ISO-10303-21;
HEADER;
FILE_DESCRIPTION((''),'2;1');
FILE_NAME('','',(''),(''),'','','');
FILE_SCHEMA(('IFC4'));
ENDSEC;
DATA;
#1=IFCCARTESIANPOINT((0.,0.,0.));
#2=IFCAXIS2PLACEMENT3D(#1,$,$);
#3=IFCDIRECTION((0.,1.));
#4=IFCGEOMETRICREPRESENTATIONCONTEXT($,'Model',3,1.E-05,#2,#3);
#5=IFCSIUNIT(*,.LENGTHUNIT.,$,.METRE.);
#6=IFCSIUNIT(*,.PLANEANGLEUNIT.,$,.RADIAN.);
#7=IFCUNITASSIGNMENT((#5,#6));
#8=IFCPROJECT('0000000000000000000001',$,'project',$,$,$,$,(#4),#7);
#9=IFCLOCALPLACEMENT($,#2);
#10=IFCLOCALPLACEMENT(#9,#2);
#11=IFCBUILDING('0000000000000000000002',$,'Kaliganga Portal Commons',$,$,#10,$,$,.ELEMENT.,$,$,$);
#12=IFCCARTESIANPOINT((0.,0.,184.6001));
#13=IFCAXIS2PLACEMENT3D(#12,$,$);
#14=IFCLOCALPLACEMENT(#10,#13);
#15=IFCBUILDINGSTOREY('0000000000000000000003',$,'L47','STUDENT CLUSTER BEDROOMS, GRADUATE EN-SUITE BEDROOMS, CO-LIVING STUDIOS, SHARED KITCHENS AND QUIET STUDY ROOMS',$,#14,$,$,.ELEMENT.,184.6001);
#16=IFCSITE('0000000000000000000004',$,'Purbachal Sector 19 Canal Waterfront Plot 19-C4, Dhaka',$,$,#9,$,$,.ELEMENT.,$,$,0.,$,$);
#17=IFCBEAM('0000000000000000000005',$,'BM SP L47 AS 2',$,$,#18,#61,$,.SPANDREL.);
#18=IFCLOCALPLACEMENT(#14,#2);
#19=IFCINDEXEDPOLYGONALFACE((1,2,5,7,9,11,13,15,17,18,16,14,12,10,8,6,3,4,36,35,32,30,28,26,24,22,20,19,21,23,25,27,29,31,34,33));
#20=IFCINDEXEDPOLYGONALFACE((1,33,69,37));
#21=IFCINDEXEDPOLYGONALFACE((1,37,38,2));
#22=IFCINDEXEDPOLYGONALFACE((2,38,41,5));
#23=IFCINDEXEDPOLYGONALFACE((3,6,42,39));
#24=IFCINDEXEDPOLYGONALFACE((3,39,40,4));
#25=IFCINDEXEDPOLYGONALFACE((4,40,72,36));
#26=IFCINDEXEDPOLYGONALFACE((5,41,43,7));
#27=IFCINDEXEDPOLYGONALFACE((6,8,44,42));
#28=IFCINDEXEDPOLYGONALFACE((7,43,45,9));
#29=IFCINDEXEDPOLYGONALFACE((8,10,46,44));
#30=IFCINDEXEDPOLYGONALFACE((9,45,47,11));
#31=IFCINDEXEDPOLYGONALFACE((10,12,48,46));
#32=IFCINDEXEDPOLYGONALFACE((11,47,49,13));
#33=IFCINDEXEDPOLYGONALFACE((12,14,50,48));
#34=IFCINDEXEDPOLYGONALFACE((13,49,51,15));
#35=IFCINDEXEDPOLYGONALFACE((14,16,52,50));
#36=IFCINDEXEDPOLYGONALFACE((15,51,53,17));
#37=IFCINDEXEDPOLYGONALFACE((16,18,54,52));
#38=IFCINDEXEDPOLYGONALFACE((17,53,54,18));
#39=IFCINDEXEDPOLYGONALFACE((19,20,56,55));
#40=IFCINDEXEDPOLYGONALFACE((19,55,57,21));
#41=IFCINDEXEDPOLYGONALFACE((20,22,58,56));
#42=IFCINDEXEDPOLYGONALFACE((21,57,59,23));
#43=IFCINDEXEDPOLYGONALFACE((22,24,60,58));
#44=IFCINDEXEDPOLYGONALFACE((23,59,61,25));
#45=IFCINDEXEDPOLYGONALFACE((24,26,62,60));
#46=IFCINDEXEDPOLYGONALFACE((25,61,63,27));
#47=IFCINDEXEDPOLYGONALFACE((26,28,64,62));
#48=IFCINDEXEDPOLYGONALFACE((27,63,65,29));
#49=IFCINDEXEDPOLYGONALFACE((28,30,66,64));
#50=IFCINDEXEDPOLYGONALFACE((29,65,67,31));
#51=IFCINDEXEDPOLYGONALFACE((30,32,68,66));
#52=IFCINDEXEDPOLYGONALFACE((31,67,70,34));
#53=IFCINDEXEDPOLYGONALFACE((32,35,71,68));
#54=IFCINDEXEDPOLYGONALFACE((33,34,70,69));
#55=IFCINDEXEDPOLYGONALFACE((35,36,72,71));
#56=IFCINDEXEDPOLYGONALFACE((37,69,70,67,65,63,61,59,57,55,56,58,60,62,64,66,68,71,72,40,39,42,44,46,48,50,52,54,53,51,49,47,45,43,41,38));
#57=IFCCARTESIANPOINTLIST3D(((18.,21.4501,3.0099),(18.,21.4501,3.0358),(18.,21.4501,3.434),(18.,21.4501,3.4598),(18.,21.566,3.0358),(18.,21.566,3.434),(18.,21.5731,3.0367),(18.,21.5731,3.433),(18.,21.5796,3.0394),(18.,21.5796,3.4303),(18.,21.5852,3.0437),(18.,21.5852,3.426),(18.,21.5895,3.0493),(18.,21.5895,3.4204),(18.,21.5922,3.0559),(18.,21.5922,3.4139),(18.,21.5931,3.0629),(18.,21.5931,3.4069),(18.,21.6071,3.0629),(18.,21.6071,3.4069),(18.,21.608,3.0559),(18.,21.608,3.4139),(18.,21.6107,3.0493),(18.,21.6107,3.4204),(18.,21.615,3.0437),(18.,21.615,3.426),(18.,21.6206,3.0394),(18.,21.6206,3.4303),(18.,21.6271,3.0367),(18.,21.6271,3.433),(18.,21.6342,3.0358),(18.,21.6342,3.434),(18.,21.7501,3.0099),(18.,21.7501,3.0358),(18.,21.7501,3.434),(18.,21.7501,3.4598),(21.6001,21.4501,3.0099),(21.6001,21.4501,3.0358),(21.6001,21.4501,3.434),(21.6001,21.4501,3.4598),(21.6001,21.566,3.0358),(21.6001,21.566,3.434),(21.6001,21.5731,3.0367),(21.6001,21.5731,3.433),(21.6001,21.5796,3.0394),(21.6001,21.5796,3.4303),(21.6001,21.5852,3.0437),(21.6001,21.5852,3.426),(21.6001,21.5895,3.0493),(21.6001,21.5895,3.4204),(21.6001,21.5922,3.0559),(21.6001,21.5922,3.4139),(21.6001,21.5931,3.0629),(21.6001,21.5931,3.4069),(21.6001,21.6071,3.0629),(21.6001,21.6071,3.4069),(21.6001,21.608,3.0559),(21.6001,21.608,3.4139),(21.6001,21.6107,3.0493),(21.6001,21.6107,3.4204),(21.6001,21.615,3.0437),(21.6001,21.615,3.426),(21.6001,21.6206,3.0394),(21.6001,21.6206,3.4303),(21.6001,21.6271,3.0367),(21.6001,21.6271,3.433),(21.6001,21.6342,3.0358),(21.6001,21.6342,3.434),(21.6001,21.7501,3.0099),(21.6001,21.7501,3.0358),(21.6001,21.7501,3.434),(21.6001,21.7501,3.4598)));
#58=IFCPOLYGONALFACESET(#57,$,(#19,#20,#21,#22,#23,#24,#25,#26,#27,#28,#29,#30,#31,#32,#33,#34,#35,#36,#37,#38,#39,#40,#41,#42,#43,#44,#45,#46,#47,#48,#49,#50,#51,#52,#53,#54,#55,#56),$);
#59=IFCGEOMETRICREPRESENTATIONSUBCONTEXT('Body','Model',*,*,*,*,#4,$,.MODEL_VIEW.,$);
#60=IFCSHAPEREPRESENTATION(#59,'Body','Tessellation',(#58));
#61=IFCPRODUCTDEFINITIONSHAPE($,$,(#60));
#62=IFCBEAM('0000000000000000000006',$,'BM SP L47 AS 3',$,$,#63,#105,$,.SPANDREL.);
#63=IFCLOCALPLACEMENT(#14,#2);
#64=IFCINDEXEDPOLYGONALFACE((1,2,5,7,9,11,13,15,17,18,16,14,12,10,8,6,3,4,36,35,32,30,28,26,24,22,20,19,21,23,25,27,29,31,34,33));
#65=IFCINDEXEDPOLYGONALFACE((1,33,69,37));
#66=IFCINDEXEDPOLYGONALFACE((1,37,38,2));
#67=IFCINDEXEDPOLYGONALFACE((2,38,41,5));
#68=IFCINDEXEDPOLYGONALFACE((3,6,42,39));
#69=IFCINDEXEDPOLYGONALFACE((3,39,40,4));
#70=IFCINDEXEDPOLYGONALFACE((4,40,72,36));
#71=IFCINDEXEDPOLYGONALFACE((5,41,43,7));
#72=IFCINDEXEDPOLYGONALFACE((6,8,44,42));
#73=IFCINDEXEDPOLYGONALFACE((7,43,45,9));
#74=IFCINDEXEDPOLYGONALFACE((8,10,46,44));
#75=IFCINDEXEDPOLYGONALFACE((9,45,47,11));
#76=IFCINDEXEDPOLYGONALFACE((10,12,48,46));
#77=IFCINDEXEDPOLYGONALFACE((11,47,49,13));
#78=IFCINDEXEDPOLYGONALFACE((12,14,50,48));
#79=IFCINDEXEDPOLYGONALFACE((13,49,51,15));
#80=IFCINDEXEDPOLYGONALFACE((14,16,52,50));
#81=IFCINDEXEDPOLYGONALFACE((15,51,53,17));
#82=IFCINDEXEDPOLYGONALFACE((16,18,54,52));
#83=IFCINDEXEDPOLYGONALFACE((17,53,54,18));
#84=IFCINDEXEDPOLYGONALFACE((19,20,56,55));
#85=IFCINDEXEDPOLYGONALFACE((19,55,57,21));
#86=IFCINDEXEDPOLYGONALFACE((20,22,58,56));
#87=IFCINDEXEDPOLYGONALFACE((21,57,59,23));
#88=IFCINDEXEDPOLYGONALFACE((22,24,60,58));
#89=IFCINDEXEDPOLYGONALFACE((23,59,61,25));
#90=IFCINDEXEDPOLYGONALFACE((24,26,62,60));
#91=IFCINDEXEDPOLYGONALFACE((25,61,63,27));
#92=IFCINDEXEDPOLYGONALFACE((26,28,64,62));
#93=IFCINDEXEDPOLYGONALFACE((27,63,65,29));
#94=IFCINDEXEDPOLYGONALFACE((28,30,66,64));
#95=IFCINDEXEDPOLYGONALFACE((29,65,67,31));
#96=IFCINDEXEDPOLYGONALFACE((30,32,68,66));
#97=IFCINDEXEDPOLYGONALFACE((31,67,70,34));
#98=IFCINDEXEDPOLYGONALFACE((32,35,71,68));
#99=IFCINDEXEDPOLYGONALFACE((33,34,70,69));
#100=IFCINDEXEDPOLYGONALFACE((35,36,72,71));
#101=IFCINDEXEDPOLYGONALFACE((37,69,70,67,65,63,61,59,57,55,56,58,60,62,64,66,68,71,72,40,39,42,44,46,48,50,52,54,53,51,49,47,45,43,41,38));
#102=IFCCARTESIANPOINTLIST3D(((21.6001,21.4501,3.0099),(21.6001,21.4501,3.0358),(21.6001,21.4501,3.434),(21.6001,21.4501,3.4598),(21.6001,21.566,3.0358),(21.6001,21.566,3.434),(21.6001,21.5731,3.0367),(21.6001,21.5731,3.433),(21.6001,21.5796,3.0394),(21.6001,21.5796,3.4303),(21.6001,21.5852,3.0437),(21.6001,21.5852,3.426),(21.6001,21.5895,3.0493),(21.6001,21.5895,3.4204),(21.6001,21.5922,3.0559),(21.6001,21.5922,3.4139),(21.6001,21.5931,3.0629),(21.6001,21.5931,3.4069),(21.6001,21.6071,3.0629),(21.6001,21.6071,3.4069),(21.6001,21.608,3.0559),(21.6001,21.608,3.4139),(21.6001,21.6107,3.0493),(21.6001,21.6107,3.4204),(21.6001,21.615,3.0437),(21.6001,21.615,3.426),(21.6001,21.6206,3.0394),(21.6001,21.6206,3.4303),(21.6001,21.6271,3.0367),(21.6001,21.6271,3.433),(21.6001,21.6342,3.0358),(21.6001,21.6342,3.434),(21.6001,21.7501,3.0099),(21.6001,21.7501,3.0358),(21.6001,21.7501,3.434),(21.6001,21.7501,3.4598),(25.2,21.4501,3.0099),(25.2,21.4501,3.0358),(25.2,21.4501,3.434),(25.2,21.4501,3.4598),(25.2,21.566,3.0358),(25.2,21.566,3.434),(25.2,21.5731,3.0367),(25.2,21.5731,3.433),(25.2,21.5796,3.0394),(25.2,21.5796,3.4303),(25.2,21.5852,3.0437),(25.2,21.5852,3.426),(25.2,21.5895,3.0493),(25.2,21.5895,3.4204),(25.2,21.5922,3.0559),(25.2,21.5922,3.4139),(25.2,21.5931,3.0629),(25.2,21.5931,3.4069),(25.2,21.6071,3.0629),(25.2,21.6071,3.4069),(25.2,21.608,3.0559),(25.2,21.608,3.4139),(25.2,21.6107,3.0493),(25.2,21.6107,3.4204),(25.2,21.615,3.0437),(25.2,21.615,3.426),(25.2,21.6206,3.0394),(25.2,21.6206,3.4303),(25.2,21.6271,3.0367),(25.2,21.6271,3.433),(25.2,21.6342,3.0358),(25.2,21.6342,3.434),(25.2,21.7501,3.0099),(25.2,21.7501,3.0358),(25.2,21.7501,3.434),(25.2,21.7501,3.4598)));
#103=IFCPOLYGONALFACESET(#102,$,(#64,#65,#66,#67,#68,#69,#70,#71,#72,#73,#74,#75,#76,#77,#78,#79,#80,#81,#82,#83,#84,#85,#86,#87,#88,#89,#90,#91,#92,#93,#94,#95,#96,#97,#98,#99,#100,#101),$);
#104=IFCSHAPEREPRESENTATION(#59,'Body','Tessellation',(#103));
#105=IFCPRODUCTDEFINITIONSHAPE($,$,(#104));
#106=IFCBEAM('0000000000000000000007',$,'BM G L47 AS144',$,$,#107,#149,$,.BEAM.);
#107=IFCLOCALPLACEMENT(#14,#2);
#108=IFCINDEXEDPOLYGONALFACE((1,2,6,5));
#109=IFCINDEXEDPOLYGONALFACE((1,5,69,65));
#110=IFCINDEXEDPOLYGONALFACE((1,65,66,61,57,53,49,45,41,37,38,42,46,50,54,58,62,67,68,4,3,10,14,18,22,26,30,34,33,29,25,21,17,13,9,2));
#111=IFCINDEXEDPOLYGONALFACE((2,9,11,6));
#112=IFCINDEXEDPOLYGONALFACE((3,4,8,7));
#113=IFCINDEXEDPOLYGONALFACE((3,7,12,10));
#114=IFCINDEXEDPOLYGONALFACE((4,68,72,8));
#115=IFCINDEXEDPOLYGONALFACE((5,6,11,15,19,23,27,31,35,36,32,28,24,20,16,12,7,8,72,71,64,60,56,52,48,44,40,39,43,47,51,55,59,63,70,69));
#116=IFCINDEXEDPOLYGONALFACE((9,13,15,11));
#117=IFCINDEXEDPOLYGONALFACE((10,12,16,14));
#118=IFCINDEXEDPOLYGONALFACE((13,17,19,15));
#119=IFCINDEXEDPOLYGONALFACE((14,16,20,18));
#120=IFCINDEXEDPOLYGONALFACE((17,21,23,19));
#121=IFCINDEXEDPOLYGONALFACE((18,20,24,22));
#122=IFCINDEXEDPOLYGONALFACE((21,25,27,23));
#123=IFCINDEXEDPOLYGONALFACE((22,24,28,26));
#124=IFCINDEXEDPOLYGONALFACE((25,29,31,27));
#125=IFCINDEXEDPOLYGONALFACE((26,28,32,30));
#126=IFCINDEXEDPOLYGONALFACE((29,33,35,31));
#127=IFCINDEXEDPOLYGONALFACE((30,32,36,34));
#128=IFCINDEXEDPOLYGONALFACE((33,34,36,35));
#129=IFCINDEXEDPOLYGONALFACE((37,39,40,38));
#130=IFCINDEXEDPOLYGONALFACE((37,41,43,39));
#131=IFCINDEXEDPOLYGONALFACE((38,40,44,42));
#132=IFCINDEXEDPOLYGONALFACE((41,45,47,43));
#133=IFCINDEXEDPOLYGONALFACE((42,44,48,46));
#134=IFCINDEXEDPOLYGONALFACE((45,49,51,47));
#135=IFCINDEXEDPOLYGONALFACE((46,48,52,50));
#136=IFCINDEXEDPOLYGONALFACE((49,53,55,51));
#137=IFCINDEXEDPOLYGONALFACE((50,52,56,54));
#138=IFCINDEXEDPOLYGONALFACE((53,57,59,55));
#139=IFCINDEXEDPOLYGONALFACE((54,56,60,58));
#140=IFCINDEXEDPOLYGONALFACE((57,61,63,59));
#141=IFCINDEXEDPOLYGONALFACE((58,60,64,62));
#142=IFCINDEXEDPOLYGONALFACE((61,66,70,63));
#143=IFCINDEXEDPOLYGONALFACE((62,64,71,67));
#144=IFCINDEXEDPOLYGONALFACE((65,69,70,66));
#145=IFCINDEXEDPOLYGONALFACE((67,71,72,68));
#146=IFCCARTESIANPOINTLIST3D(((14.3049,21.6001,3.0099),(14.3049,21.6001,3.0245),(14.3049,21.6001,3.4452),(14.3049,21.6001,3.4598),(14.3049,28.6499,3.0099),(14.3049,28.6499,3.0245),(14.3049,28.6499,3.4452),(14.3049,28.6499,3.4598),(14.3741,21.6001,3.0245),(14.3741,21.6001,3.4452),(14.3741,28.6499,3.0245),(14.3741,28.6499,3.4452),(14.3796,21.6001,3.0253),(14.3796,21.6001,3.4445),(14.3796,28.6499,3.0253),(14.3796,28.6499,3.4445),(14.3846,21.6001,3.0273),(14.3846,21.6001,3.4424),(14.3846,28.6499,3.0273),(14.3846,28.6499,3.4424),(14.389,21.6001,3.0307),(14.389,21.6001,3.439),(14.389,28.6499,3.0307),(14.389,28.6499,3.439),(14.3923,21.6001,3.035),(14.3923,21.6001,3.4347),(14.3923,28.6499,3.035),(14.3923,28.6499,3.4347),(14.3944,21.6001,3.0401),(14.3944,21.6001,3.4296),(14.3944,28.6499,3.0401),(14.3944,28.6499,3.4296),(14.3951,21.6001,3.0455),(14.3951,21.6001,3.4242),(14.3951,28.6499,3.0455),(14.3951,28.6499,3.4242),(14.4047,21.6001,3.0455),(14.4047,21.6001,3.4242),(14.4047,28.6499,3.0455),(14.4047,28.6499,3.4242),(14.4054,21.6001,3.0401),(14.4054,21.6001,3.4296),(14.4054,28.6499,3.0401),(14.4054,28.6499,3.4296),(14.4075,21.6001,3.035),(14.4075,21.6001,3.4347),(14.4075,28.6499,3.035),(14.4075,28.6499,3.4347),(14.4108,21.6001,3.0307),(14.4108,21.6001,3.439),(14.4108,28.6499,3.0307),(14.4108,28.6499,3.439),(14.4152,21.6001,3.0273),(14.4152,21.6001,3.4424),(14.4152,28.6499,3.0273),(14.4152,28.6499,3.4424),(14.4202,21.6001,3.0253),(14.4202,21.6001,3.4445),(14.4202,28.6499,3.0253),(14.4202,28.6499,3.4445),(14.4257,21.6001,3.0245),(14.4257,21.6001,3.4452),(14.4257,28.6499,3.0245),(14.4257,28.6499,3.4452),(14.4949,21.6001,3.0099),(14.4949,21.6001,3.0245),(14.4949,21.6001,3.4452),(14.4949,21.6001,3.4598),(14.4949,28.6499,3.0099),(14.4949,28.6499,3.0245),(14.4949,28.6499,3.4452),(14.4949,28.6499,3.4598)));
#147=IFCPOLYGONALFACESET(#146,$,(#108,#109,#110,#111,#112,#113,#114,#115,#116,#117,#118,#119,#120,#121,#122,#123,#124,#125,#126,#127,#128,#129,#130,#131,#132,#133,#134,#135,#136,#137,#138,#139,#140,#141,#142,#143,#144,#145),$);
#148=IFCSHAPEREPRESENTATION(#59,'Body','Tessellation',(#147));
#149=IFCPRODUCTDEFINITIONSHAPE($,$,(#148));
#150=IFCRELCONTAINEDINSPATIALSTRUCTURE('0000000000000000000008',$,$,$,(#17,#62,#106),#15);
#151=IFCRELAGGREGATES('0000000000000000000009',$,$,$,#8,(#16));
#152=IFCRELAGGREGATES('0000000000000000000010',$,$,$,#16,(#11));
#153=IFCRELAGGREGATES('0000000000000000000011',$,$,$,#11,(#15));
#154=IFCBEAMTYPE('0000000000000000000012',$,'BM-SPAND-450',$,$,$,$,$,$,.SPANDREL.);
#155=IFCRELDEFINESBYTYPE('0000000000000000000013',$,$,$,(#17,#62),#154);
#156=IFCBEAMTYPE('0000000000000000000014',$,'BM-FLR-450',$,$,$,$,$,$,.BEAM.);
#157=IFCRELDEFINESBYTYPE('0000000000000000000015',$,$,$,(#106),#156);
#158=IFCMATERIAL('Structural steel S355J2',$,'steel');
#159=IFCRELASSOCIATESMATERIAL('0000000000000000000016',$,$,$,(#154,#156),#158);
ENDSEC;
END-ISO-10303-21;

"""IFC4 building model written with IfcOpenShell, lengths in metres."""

from ifc_helpers import new_model, si_unit, direction, frame, origin, origin_2d, place, context, subcontext, project, spatial, i_section, extrude, source, transform, mapped, material, material_profile, profile_set, type_object, element, save


model = new_model("IFC4")

# Units and contexts
model_context = context("Model", 3, precision=1e-05, world=origin(), true_north=direction((0.0, 1.0)))
body_context = subcontext(model_context, "Body", "Model", "MODEL_VIEW")
ifc_project = project(units=[si_unit("LENGTHUNIT", "METRE"), si_unit("PLANEANGLEUNIT", "RADIAN")], contexts=[model_context])

# Site, building, storey
site_placement = place(None, origin())
site = spatial("IfcSite", under=ifc_project, at=site_placement, Name="Purbachal Sector 19 Canal Waterfront Plot 19-C4, Dhaka", CompositionType="ELEMENT", RefElevation=0.0)
building_placement = place(site_placement, origin())
building = spatial("IfcBuilding", under=site, at=building_placement, Name="Kaliganga Portal Commons", CompositionType="ELEMENT")
storey_placement = place(building_placement, frame((0.0, 0.0, 184.6001)))
storey = spatial("IfcBuildingStorey", under=building, at=storey_placement, Name="L47", Description="STUDENT CLUSTER BEDROOMS, GRADUATE EN-SUITE BEDROOMS, CO-LIVING STUDIOS, SHARED KITCHENS AND QUIET STUDY ROOMS", CompositionType="ELEMENT", Elevation=184.6001)

# Beams
ifc_material_1 = material(Name="Structural steel S355J2", Category="steel")
ifc_material_profile_1 = material_profile(ifc_material_1, i_section(OverallWidth=0.3, OverallDepth=0.45, WebThickness=0.0139, FlangeThickness=0.0259, FilletRadius=0.0271, at=origin_2d()), Name="HE 450 B")
ifc_profile_set_1 = profile_set([ifc_material_profile_1], Name="Structural steel S355J2 wide-flange")
beam_type_1 = type_object("IfcBeamType", Name="BM-SPAND-450", PredefinedType="SPANDREL", material=ifc_profile_set_1)
shared_shape_1 = source(origin(), body_context, "Body", "SweptSolid", [
    extrude(i_section(OverallWidth=0.3, OverallDepth=0.45, WebThickness=0.0139, FlangeThickness=0.0259, FilletRadius=0.0271, at=origin_2d()), origin(), (0.0, 0.0, 1.0), 3.6001),
])
for number, where, z_axis, x_axis, name in (
    (1, (18.0, 21.6001, 3.2349), (1.0, 0.0, 0.0), (0.0, 1.0, 0.0), "BM SP L47 AS 2"),
):
    element("IfcBeam", number, at=place(storey_placement, frame(where, z_axis=z_axis, x_axis=x_axis)), inside=storey, type_object=beam_type_1, Name=name, PredefinedType="SPANDREL", context=body_context, shape_type="MappedRepresentation", body=[
        mapped(shared_shape_1, transform((0.0, 0.0, 0.0), x_axis=(1.0, 0.0, 0.0), y_axis=(0.0, 1.0, 0.0), z_axis=(0.0, 0.0, 1.0), scale=1.0)),
    ])
shared_shape_2 = source(origin(), body_context, "Body", "SweptSolid", [
    extrude(i_section(OverallWidth=0.3, OverallDepth=0.45, WebThickness=0.0139, FlangeThickness=0.0259, FilletRadius=0.0271, at=origin_2d()), origin(), (0.0, 0.0, 1.0), 3.5999),
])
beam_1_placement = place(storey_placement, frame((21.6001, 21.6001, 3.2349), z_axis=(1.0, 0.0, 0.0), x_axis=(0.0, 1.0, 0.0)))
element("IfcBeam", 2, at=beam_1_placement, inside=storey, type_object=beam_type_1, Name="BM SP L47 AS 3", PredefinedType="SPANDREL", context=body_context, shape_type="MappedRepresentation", body=[
    mapped(shared_shape_2, transform((0.0, 0.0, 0.0), x_axis=(1.0, 0.0, 0.0), y_axis=(0.0, 1.0, 0.0), z_axis=(0.0, 0.0, 1.0), scale=1.0)),
])
ifc_material_profile_2 = material_profile(ifc_material_1, i_section(OverallWidth=0.1899, OverallDepth=0.45, WebThickness=0.0095, FlangeThickness=0.0146, FilletRadius=0.021, at=origin_2d()), Name="IPE 450")
ifc_profile_set_2 = profile_set([ifc_material_profile_2], Name="Structural steel S355J2 wide-flange")
beam_type_2 = type_object("IfcBeamType", Name="BM-FLR-450", PredefinedType="BEAM", material=ifc_profile_set_2)
shared_shape_3 = source(origin(), body_context, "Body", "SweptSolid", [
    extrude(i_section(OverallWidth=0.1899, OverallDepth=0.45, WebThickness=0.0095, FlangeThickness=0.0146, FilletRadius=0.021, at=origin_2d()), origin(), (0.0, 0.0, 1.0), 7.0498),
])
beam_2_placement = place(storey_placement, frame((14.3999, 21.6001, 3.2349), z_axis=(0.0, 1.0, 0.0), x_axis=(-1.0, 0.0, 0.0)))
element("IfcBeam", 3, at=beam_2_placement, inside=storey, type_object=beam_type_2, Name="BM G L47 AS144", PredefinedType="BEAM", context=body_context, shape_type="MappedRepresentation", body=[
    mapped(shared_shape_3, transform((0.0, 0.0, 0.0), x_axis=(1.0, 0.0, 0.0), y_axis=(0.0, 1.0, 0.0), z_axis=(0.0, 0.0, 1.0), scale=1.0)),
])

save(model, "model.ifc")
